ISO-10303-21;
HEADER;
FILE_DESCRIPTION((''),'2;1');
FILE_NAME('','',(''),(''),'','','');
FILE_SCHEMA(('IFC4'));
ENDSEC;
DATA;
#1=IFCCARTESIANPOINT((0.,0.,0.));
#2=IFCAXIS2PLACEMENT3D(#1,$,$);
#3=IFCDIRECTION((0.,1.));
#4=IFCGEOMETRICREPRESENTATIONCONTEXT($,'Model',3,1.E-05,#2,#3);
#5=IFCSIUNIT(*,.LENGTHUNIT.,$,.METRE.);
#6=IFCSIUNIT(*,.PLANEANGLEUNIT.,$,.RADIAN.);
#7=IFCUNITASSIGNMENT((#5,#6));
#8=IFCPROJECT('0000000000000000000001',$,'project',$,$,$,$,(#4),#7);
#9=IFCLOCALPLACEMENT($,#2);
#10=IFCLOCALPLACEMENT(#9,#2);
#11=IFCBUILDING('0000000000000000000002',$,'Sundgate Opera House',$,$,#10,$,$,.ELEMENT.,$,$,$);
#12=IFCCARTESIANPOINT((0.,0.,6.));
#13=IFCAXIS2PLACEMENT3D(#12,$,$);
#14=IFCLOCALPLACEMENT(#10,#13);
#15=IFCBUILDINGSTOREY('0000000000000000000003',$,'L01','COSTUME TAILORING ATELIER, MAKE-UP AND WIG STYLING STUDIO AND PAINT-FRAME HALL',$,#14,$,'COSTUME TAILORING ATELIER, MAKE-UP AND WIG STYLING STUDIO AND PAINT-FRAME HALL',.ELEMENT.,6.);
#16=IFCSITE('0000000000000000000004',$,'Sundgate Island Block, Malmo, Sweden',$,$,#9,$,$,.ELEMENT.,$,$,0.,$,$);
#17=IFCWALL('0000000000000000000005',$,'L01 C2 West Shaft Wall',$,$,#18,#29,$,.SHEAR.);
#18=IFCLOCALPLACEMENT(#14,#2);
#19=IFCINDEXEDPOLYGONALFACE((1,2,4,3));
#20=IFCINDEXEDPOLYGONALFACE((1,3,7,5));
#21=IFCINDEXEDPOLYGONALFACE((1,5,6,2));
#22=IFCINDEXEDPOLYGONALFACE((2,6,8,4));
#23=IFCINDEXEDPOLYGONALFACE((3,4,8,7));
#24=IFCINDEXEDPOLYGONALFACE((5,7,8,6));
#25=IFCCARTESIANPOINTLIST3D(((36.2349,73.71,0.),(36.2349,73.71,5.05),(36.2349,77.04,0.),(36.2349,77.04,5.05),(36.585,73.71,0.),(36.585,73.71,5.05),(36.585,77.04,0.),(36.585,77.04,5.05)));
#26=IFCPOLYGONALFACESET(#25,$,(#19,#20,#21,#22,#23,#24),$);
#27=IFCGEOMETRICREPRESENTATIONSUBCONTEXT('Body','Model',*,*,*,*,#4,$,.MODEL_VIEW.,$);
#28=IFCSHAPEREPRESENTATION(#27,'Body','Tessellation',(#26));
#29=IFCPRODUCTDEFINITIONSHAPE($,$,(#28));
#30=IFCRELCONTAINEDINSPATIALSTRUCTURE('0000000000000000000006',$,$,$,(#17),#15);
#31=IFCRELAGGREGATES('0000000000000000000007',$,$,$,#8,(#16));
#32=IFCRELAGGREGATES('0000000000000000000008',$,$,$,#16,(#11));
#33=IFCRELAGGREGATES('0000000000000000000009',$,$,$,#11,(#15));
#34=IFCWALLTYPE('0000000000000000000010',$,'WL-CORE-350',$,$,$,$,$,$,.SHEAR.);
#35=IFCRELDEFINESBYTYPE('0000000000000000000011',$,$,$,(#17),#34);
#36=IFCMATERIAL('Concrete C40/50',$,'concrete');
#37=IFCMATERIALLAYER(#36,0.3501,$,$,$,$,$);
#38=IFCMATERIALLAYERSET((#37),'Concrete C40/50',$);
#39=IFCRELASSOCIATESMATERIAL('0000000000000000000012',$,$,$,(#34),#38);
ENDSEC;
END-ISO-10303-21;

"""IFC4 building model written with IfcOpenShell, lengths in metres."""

from ifc_helpers import new_model, si_unit, direction, frame, frame_2d, origin, place, context, subcontext, project, spatial, rectangle, extrude, material, layer, layer_set, type_object, element, save


model = new_model("IFC4")

# Units and contexts
model_context = context("Model", 3, precision=1e-05, world=origin(), true_north=direction((0.0, 1.0)))
body_context = subcontext(model_context, "Body", "Model", "MODEL_VIEW")
ifc_project = project(units=[si_unit("LENGTHUNIT", "METRE"), si_unit("PLANEANGLEUNIT", "RADIAN")], contexts=[model_context])

# Site, building, storey
site_placement = place(None, origin())
site = spatial("IfcSite", under=ifc_project, at=site_placement, Name="Sundgate Island Block, Malmo, Sweden", CompositionType="ELEMENT", RefElevation=0.0)
building_placement = place(site_placement, origin())
building = spatial("IfcBuilding", under=site, at=building_placement, Name="Sundgate Opera House", CompositionType="ELEMENT")
storey_placement = place(building_placement, frame((0.0, 0.0, 6.0)))
storey = spatial("IfcBuildingStorey", under=building, at=storey_placement, Name="L01", Description="COSTUME TAILORING ATELIER, MAKE-UP AND WIG STYLING STUDIO AND PAINT-FRAME HALL", LongName="COSTUME TAILORING ATELIER, MAKE-UP AND WIG STYLING STUDIO AND PAINT-FRAME HALL", CompositionType="ELEMENT", Elevation=6.0)

# Shared definitions
ifc_material_1 = material(Name="Concrete C40/50", Category="concrete")
ifc_layer_1 = layer(ifc_material_1, 0.3501)
ifc_layer_set_1 = layer_set([ifc_layer_1], Name="Concrete C40/50")
wall_type = type_object("IfcWallType", Name="WL-CORE-350", PredefinedType="SHEAR", material=ifc_layer_set_1)

# Wall
wall_1_placement = place(storey_placement, frame((36.4099, 73.71, 0.0), z_axis=(0.0, 0.0, 1.0), x_axis=(0.0, 1.0, 0.0)))
element("IfcWall", 1, at=wall_1_placement, inside=storey, type_object=wall_type, Name="L01 C2 West Shaft Wall", PredefinedType="SHEAR", context=body_context, shape_type="SweptSolid", body=[
    extrude(rectangle(XDim=3.3301, YDim=0.3501, at=frame_2d((1.665, 0.0))), origin(), (0.0, 0.0, 1.0), 5.05),
])

save(model, "model.ifc")
